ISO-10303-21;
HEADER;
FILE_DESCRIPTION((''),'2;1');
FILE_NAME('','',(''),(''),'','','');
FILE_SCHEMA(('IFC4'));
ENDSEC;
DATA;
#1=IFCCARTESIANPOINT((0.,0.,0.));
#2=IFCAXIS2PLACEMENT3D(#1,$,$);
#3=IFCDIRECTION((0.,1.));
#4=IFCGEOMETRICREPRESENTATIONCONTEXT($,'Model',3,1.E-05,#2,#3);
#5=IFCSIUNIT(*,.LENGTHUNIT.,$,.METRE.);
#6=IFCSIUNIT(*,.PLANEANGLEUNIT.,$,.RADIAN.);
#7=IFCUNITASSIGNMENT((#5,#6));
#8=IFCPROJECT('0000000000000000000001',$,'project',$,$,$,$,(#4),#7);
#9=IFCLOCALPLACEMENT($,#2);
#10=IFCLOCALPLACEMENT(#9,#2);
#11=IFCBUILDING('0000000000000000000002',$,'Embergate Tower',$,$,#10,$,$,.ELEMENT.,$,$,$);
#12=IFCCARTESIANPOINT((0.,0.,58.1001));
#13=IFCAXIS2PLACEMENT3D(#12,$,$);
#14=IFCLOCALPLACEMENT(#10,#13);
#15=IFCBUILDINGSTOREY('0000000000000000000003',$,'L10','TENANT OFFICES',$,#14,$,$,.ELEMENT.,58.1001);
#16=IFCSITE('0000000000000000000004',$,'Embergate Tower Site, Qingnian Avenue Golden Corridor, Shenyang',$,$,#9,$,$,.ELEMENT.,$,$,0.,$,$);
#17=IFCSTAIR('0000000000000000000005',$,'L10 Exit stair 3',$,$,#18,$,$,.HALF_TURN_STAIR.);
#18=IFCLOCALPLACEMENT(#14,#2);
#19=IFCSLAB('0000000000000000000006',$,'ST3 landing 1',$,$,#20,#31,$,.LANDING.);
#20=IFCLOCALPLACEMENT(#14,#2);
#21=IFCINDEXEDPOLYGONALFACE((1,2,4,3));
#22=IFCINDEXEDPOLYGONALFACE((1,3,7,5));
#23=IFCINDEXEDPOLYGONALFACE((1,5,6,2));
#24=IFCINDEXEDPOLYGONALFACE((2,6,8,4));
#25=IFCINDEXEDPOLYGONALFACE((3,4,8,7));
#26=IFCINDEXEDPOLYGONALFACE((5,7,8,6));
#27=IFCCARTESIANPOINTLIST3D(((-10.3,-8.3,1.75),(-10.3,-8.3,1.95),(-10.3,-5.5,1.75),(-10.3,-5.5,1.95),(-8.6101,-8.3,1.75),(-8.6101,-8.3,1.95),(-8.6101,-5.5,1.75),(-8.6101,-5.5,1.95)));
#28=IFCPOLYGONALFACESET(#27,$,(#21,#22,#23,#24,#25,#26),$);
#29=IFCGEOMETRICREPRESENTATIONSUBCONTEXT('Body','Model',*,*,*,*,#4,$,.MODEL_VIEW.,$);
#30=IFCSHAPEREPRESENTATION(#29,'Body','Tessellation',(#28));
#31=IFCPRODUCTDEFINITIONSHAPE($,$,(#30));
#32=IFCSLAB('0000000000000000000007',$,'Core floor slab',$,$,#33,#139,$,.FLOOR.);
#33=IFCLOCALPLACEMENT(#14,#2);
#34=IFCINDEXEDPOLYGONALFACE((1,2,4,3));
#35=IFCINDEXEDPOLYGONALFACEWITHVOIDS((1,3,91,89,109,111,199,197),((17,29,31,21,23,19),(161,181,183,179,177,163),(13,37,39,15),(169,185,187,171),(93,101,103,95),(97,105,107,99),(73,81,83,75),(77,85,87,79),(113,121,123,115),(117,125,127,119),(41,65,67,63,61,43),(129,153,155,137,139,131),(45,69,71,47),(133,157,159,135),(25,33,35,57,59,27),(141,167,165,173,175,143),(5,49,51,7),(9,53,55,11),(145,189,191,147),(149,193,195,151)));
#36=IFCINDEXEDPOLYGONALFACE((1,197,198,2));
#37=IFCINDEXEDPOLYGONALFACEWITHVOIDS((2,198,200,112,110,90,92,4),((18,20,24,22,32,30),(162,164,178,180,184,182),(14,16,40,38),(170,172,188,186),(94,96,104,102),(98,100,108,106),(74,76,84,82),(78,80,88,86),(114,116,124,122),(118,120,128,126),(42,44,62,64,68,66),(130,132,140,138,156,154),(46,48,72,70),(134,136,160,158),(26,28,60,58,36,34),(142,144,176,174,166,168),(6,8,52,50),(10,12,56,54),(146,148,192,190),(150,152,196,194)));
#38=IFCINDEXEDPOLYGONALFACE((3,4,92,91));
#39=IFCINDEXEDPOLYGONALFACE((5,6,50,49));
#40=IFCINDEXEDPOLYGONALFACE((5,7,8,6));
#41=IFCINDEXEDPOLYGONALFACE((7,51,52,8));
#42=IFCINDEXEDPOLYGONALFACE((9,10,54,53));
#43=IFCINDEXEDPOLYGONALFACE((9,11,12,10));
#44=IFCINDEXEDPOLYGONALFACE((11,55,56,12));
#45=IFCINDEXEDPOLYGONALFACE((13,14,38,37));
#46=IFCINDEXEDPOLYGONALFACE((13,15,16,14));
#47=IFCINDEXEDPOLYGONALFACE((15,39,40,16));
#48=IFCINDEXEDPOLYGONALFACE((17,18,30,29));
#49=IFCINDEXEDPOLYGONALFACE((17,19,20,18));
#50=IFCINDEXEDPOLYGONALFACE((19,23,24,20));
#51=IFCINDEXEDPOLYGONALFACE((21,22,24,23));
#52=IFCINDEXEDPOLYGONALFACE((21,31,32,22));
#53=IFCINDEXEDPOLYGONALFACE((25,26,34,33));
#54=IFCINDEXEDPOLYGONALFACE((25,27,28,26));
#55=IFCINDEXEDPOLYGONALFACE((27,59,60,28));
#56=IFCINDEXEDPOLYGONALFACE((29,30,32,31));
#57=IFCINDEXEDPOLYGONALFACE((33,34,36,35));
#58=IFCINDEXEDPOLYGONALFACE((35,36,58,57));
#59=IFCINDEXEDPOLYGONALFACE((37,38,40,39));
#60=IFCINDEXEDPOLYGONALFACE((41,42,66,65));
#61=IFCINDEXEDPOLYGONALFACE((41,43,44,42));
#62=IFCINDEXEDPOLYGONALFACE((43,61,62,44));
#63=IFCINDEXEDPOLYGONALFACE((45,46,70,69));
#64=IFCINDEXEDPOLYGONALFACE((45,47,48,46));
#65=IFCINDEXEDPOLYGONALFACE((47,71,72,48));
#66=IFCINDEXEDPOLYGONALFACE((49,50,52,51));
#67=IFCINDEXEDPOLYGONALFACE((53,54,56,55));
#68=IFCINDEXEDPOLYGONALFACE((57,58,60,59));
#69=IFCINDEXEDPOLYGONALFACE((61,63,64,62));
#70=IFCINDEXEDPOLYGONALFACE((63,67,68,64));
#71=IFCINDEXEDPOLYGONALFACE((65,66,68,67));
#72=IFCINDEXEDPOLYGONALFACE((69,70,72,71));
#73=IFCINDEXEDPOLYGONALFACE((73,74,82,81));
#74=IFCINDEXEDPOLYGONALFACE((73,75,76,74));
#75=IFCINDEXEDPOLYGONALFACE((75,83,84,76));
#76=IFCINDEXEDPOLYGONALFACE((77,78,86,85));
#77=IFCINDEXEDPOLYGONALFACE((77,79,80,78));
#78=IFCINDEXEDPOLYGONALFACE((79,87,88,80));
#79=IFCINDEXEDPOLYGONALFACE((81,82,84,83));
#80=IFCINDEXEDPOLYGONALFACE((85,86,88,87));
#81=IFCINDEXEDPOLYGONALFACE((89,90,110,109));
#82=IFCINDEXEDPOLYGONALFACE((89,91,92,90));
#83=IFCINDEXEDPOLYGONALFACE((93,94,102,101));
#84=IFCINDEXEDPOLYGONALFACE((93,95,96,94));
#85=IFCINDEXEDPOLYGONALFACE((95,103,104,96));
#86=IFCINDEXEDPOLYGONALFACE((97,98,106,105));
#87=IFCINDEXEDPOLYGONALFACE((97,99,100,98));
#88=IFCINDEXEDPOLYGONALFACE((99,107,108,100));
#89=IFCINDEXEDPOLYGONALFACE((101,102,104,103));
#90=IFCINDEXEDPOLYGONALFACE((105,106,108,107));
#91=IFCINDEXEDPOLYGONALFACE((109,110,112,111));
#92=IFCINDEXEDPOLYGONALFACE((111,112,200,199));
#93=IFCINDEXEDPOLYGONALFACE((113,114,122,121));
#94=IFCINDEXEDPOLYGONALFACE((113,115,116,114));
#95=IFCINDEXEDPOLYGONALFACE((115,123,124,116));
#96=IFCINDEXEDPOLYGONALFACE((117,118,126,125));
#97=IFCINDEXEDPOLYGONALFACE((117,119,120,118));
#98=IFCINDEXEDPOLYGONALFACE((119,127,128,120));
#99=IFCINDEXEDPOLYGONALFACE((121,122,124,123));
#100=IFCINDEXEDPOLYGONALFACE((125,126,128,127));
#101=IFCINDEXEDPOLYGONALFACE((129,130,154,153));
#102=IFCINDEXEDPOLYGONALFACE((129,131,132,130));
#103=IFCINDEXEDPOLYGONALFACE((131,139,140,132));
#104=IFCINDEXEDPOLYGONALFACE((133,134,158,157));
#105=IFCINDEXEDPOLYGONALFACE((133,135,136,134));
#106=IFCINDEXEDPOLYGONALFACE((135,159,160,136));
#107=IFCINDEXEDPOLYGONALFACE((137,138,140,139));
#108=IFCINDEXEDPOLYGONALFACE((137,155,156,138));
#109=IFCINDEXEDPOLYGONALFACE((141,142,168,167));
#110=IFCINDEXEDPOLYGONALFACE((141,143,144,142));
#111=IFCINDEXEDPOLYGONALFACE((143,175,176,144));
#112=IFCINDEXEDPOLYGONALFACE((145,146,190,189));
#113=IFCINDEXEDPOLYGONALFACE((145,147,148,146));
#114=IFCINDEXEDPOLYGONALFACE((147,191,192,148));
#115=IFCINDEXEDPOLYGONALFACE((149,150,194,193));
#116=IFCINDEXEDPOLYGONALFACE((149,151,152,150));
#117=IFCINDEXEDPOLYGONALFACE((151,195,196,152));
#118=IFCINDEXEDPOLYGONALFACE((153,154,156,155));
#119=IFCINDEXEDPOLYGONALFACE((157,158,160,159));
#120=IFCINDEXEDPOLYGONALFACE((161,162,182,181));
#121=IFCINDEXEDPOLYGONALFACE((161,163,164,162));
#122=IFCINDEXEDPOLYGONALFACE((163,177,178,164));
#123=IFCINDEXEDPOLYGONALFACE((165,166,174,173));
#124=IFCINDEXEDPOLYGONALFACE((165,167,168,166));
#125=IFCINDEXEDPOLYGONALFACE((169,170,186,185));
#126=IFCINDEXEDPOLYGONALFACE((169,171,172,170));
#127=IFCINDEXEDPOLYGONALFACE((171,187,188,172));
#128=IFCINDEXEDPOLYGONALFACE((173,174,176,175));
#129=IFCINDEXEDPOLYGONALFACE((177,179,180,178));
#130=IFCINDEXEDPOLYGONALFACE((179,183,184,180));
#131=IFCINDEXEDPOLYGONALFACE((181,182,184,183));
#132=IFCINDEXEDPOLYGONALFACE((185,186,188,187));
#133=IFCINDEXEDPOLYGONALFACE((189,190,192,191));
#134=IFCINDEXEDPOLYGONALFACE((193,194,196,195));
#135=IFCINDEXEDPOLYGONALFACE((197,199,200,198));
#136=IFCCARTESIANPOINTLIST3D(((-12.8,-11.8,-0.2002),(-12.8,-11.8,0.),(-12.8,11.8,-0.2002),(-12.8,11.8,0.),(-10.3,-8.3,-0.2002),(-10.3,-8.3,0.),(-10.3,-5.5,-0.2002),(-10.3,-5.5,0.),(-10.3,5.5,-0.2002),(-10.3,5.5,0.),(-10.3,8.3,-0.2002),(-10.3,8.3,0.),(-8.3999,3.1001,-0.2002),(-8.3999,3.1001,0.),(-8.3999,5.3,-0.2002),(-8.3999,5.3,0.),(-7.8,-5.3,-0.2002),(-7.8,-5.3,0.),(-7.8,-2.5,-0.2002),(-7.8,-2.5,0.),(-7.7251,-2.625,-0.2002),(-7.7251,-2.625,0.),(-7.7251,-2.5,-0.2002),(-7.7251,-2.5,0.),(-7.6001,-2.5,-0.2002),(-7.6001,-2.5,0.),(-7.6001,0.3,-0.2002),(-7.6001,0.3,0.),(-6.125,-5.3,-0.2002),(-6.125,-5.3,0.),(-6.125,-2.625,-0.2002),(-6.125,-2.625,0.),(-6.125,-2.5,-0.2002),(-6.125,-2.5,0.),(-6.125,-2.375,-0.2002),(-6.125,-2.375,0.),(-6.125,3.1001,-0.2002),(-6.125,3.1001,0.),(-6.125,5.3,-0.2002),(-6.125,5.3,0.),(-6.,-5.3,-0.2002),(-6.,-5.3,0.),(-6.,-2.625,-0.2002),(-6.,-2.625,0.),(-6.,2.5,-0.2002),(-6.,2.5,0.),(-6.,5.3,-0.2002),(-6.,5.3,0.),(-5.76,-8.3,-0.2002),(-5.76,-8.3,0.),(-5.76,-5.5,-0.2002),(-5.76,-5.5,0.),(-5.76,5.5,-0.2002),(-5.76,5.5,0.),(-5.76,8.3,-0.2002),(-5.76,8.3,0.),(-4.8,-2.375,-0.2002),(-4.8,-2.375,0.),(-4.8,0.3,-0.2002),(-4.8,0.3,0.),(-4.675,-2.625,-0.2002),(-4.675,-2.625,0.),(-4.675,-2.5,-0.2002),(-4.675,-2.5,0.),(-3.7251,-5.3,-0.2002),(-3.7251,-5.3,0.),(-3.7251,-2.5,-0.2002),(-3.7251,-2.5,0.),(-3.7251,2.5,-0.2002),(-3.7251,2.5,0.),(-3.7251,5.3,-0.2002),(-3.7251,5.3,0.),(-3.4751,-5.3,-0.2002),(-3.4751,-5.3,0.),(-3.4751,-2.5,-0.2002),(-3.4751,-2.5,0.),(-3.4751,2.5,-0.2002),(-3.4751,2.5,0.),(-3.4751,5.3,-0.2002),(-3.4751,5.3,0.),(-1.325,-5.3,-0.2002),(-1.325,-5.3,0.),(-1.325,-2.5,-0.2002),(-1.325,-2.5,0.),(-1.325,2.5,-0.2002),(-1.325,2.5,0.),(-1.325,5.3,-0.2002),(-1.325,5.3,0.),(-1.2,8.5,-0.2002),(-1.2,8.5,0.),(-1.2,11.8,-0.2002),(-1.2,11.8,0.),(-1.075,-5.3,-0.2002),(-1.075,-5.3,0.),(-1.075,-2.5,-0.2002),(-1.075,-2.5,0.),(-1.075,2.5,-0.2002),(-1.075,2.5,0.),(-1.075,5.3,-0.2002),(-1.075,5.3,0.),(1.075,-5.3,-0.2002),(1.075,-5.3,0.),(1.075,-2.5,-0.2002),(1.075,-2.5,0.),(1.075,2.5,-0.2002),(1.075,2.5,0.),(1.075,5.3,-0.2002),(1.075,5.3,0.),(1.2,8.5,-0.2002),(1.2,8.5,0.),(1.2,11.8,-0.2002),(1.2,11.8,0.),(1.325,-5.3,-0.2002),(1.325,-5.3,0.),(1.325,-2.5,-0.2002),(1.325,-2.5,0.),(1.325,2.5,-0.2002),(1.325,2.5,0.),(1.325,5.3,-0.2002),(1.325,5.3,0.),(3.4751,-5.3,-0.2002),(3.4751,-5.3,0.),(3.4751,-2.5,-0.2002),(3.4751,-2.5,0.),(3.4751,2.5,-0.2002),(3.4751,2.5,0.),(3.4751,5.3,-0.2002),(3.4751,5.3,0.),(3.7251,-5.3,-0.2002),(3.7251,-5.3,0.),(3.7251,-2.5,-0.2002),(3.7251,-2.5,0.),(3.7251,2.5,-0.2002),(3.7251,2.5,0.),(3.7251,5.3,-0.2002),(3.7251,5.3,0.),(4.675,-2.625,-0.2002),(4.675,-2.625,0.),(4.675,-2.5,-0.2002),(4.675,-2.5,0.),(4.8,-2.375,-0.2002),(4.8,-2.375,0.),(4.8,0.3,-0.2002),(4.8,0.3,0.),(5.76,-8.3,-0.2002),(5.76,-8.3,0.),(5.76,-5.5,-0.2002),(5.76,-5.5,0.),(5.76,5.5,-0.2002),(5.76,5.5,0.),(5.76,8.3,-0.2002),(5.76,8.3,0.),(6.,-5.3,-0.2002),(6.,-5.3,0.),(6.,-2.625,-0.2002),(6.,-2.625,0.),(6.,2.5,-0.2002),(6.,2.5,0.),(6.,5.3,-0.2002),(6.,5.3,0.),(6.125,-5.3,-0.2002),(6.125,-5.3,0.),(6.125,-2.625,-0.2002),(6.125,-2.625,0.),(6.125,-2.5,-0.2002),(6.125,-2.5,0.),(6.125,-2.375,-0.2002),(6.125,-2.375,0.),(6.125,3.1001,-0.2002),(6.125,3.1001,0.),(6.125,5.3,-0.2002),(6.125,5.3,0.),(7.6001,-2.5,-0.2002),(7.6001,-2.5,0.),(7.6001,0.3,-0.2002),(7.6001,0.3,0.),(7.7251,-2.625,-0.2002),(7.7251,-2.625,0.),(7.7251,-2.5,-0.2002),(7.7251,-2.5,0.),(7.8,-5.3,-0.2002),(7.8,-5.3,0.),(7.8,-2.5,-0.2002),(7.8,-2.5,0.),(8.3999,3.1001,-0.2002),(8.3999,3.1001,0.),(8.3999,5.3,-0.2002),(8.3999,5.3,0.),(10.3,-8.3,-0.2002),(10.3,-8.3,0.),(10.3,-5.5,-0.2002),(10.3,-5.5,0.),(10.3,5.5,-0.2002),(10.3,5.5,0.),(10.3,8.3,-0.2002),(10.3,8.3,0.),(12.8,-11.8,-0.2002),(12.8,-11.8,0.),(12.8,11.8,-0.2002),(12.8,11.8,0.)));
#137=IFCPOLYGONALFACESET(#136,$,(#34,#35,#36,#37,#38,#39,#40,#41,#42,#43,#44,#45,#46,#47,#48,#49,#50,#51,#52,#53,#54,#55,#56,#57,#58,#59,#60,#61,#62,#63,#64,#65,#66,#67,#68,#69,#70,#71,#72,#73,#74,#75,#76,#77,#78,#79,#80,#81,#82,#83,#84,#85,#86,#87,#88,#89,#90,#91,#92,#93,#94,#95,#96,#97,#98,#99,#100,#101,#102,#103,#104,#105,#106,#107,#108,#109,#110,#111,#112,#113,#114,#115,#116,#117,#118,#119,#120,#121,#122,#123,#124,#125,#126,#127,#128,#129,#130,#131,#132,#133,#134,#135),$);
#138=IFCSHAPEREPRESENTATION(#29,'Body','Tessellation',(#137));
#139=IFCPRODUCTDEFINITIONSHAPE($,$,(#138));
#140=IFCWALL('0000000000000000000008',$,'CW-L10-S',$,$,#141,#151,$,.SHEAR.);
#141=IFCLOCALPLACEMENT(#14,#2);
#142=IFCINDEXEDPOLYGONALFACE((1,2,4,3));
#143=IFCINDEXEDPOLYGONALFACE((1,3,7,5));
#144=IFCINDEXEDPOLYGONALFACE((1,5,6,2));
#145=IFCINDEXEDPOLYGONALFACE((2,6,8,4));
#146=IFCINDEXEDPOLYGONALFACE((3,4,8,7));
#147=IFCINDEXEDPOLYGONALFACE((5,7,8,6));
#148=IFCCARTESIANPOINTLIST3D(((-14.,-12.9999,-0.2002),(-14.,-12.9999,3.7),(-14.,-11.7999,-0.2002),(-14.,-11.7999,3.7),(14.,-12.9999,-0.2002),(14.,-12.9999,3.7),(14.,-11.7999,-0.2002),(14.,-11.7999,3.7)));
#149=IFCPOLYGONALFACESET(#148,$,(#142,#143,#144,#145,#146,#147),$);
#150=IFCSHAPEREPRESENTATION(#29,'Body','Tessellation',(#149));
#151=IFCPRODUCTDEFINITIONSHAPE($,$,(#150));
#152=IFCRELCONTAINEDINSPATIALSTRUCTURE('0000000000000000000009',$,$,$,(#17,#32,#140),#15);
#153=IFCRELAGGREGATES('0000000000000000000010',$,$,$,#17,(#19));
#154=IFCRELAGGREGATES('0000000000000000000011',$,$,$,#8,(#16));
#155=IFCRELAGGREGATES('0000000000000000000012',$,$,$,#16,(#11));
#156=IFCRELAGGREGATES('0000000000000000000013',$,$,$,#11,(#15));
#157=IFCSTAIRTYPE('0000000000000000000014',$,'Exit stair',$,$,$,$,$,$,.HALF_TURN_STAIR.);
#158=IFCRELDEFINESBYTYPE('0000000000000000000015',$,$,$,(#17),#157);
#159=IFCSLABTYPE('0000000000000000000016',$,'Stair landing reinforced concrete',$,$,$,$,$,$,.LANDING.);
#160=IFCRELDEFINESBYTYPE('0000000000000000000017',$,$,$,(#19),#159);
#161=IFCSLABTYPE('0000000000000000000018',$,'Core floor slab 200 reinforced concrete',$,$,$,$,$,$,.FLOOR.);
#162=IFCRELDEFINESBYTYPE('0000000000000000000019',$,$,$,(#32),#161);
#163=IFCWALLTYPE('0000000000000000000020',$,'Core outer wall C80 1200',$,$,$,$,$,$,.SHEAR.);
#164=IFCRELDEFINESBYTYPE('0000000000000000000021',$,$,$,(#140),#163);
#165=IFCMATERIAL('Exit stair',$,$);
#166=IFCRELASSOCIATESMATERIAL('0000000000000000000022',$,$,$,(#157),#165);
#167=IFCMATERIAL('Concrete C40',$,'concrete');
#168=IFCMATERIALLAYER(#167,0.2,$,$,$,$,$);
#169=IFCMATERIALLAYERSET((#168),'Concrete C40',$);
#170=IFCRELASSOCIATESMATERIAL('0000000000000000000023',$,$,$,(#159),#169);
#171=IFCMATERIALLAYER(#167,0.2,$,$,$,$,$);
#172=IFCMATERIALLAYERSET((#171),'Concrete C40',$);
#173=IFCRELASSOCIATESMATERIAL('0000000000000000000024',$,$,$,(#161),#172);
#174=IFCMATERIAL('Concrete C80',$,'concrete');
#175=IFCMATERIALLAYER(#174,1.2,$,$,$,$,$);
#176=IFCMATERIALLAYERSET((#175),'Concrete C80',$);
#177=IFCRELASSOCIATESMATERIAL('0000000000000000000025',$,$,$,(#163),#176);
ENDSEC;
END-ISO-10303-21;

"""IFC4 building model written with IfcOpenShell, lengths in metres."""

from ifc_helpers import new_model, si_unit, direction, frame, frame_2d, origin, place, context, subcontext, project, spatial, polyline, rectangle, outline, extrude, source, transform, mapped, material, layer, layer_set, type_object, element, aggregate, save


model = new_model("IFC4")

# Units and contexts
model_context = context("Model", 3, precision=1e-05, world=origin(), true_north=direction((0.0, 1.0)))
body_context = subcontext(model_context, "Body", "Model", "MODEL_VIEW")
ifc_project = project(units=[si_unit("LENGTHUNIT", "METRE"), si_unit("PLANEANGLEUNIT", "RADIAN")], contexts=[model_context])

# Site, building, storey
site_placement = place(None, origin())
site = spatial("IfcSite", under=ifc_project, at=site_placement, Name="Embergate Tower Site, Qingnian Avenue Golden Corridor, Shenyang", CompositionType="ELEMENT", RefElevation=0.0)
building_placement = place(site_placement, origin())
building = spatial("IfcBuilding", under=site, at=building_placement, Name="Embergate Tower", CompositionType="ELEMENT")
storey_placement = place(building_placement, frame((0.0, 0.0, 58.1001)))
storey = spatial("IfcBuildingStorey", under=building, at=storey_placement, Name="L10", Description="TENANT OFFICES", CompositionType="ELEMENT", Elevation=58.1001)

# Stair, slab
ifc_material_1 = material(Name="Exit stair")
stair_type = type_object("IfcStairType", Name="Exit stair", PredefinedType="HALF_TURN_STAIR", material=ifc_material_1)
stair_placement = place(storey_placement, origin())
stair = element("IfcStair", 1, at=stair_placement, inside=storey, type_object=stair_type, Name="L10 Exit stair 3", PredefinedType="HALF_TURN_STAIR")
ifc_material_2 = material(Name="Concrete C40", Category="concrete")
ifc_layer_1 = layer(ifc_material_2, 0.2)
ifc_layer_set_1 = layer_set([ifc_layer_1], Name="Concrete C40")
slab_type_1 = type_object("IfcSlabType", Name="Stair landing reinforced concrete", PredefinedType="LANDING", material=ifc_layer_set_1)
shared_shape_1 = source(origin(), body_context, "Body", "SweptSolid", [
    extrude(outline(polyline([(0.0, 0.0), (1.6899, 0.0), (1.6899, 2.8), (0.0, 2.8), (0.0, 0.0)])), origin(), (0.0, 0.0, 1.0), 0.2),
])
slab_1_placement = place(storey_placement, frame((-10.3, -8.3, 1.75)))
slab_1 = element("IfcSlab", 2, at=slab_1_placement, type_object=slab_type_1, Name="ST3 landing 1", PredefinedType="LANDING", context=body_context, shape_type="MappedRepresentation", body=[
    mapped(shared_shape_1, transform((0.0, 0.0, 0.0))),
])
aggregate(stair, [slab_1])

# Slab
ifc_layer_2 = layer(ifc_material_2, 0.2)
ifc_layer_set_2 = layer_set([ifc_layer_2], Name="Concrete C40")
slab_type_2 = type_object("IfcSlabType", Name="Core floor slab 200 reinforced concrete", PredefinedType="FLOOR", material=ifc_layer_set_2)
shared_shape_2 = source(origin(), body_context, "Body", "SweptSolid", [
    extrude(outline(polyline([(0.0, 0.0), (25.6001, 0.0), (25.6001, 23.6001), (14.0, 23.6001), (14.0, 20.3), (11.6001, 20.3), (11.6001, 23.6001), (0.0, 23.6001), (0.0, 0.0)]), holes=[polyline([(2.5, 3.5), (2.5, 6.3), (7.04, 6.3), (7.04, 3.5), (2.5, 3.5)]), polyline([(18.5601, 3.5), (18.5601, 6.3), (23.1001, 6.3), (23.1001, 3.5), (18.5601, 3.5)]), polyline([(5.0, 6.5), (5.0, 9.3), (5.075, 9.3), (5.075, 9.175), (6.675, 9.175), (6.675, 6.5), (5.0, 6.5)]), polyline([(6.8, 6.5), (6.8, 9.175), (8.125, 9.175), (8.125, 9.3), (9.075, 9.3), (9.075, 6.5), (6.8, 6.5)]), polyline([(9.325, 6.5), (9.325, 9.3), (11.4751, 9.3), (11.4751, 6.5), (9.325, 6.5)]), polyline([(11.7251, 6.5), (11.7251, 9.3), (13.875, 9.3), (13.875, 6.5), (11.7251, 6.5)]), polyline([(14.125, 6.5), (14.125, 9.3), (16.2751, 9.3), (16.2751, 6.5), (14.125, 6.5)]), polyline([(16.5251, 6.5), (16.5251, 9.3), (17.4751, 9.3), (17.4751, 9.175), (18.8, 9.175), (18.8, 6.5), (16.5251, 6.5)]), polyline([(18.925, 6.5), (18.925, 9.175), (20.5251, 9.175), (20.5251, 9.3), (20.6001, 9.3), (20.6001, 6.5), (18.925, 6.5)]), polyline([(5.2, 9.3), (5.2, 12.1001), (8.0, 12.1001), (8.0, 9.425), (6.675, 9.425), (6.675, 9.3), (5.2, 9.3)]), polyline([(18.925, 9.3), (18.925, 9.425), (17.6001, 9.425), (17.6001, 12.1001), (20.4001, 12.1001), (20.4001, 9.3), (18.925, 9.3)]), polyline([(6.8, 14.3), (6.8, 17.1001), (9.075, 17.1001), (9.075, 14.3), (6.8, 14.3)]), polyline([(9.325, 14.3), (9.325, 17.1001), (11.4751, 17.1001), (11.4751, 14.3), (9.325, 14.3)]), polyline([(11.7251, 14.3), (11.7251, 17.1001), (13.875, 17.1001), (13.875, 14.3), (11.7251, 14.3)]), polyline([(14.125, 14.3), (14.125, 17.1001), (16.2751, 17.1001), (16.2751, 14.3), (14.125, 14.3)]), polyline([(16.5251, 14.3), (16.5251, 17.1001), (18.8, 17.1001), (18.8, 14.3), (16.5251, 14.3)]), polyline([(4.4001, 14.9001), (4.4001, 17.1001), (6.675, 17.1001), (6.675, 14.9001), (4.4001, 14.9001)]), polyline([(18.925, 14.9001), (18.925, 17.1001), (21.2, 17.1001), (21.2, 14.9001), (18.925, 14.9001)]), polyline([(2.5, 17.3), (2.5, 20.1001), (7.04, 20.1001), (7.04, 17.3), (2.5, 17.3)]), polyline([(18.5601, 17.3), (18.5601, 20.1001), (23.1001, 20.1001), (23.1001, 17.3), (18.5601, 17.3)])]), origin(), (0.0, 0.0, 1.0), 0.2002),
])
slab_2_placement = place(storey_placement, frame((-12.8, -11.8, -0.2002)))
element("IfcSlab", 3, at=slab_2_placement, inside=storey, type_object=slab_type_2, Name="Core floor slab", PredefinedType="FLOOR", context=body_context, shape_type="MappedRepresentation", body=[
    mapped(shared_shape_2, transform((0.0, 0.0, 0.0))),
])

# Wall
ifc_material_3 = material(Name="Concrete C80", Category="concrete")
ifc_layer_3 = layer(ifc_material_3, 1.2)
ifc_layer_set_3 = layer_set([ifc_layer_3], Name="Concrete C80")
wall_type_1 = type_object("IfcWallType", Name="Core outer wall C80 1200", PredefinedType="SHEAR", material=ifc_layer_set_3)
shared_shape_3 = source(origin(), body_context, "Body", "SweptSolid", [
    extrude(rectangle(XDim=28.0, YDim=1.2, at=frame_2d((14.0, 0.0))), origin(), (0.0, 0.0, 1.0), 3.9001),
])
wall_1_placement = place(storey_placement, frame((-14.0, -12.3999, -0.2002), z_axis=(0.0, 0.0, 1.0), x_axis=(1.0, 0.0, 0.0)))
element("IfcWall", 4, at=wall_1_placement, inside=storey, type_object=wall_type_1, Name="CW-L10-S", PredefinedType="SHEAR", context=body_context, shape_type="MappedRepresentation", body=[
    mapped(shared_shape_3, transform((0.0, 0.0, 0.0))),
])

save(model, "model.ifc")
